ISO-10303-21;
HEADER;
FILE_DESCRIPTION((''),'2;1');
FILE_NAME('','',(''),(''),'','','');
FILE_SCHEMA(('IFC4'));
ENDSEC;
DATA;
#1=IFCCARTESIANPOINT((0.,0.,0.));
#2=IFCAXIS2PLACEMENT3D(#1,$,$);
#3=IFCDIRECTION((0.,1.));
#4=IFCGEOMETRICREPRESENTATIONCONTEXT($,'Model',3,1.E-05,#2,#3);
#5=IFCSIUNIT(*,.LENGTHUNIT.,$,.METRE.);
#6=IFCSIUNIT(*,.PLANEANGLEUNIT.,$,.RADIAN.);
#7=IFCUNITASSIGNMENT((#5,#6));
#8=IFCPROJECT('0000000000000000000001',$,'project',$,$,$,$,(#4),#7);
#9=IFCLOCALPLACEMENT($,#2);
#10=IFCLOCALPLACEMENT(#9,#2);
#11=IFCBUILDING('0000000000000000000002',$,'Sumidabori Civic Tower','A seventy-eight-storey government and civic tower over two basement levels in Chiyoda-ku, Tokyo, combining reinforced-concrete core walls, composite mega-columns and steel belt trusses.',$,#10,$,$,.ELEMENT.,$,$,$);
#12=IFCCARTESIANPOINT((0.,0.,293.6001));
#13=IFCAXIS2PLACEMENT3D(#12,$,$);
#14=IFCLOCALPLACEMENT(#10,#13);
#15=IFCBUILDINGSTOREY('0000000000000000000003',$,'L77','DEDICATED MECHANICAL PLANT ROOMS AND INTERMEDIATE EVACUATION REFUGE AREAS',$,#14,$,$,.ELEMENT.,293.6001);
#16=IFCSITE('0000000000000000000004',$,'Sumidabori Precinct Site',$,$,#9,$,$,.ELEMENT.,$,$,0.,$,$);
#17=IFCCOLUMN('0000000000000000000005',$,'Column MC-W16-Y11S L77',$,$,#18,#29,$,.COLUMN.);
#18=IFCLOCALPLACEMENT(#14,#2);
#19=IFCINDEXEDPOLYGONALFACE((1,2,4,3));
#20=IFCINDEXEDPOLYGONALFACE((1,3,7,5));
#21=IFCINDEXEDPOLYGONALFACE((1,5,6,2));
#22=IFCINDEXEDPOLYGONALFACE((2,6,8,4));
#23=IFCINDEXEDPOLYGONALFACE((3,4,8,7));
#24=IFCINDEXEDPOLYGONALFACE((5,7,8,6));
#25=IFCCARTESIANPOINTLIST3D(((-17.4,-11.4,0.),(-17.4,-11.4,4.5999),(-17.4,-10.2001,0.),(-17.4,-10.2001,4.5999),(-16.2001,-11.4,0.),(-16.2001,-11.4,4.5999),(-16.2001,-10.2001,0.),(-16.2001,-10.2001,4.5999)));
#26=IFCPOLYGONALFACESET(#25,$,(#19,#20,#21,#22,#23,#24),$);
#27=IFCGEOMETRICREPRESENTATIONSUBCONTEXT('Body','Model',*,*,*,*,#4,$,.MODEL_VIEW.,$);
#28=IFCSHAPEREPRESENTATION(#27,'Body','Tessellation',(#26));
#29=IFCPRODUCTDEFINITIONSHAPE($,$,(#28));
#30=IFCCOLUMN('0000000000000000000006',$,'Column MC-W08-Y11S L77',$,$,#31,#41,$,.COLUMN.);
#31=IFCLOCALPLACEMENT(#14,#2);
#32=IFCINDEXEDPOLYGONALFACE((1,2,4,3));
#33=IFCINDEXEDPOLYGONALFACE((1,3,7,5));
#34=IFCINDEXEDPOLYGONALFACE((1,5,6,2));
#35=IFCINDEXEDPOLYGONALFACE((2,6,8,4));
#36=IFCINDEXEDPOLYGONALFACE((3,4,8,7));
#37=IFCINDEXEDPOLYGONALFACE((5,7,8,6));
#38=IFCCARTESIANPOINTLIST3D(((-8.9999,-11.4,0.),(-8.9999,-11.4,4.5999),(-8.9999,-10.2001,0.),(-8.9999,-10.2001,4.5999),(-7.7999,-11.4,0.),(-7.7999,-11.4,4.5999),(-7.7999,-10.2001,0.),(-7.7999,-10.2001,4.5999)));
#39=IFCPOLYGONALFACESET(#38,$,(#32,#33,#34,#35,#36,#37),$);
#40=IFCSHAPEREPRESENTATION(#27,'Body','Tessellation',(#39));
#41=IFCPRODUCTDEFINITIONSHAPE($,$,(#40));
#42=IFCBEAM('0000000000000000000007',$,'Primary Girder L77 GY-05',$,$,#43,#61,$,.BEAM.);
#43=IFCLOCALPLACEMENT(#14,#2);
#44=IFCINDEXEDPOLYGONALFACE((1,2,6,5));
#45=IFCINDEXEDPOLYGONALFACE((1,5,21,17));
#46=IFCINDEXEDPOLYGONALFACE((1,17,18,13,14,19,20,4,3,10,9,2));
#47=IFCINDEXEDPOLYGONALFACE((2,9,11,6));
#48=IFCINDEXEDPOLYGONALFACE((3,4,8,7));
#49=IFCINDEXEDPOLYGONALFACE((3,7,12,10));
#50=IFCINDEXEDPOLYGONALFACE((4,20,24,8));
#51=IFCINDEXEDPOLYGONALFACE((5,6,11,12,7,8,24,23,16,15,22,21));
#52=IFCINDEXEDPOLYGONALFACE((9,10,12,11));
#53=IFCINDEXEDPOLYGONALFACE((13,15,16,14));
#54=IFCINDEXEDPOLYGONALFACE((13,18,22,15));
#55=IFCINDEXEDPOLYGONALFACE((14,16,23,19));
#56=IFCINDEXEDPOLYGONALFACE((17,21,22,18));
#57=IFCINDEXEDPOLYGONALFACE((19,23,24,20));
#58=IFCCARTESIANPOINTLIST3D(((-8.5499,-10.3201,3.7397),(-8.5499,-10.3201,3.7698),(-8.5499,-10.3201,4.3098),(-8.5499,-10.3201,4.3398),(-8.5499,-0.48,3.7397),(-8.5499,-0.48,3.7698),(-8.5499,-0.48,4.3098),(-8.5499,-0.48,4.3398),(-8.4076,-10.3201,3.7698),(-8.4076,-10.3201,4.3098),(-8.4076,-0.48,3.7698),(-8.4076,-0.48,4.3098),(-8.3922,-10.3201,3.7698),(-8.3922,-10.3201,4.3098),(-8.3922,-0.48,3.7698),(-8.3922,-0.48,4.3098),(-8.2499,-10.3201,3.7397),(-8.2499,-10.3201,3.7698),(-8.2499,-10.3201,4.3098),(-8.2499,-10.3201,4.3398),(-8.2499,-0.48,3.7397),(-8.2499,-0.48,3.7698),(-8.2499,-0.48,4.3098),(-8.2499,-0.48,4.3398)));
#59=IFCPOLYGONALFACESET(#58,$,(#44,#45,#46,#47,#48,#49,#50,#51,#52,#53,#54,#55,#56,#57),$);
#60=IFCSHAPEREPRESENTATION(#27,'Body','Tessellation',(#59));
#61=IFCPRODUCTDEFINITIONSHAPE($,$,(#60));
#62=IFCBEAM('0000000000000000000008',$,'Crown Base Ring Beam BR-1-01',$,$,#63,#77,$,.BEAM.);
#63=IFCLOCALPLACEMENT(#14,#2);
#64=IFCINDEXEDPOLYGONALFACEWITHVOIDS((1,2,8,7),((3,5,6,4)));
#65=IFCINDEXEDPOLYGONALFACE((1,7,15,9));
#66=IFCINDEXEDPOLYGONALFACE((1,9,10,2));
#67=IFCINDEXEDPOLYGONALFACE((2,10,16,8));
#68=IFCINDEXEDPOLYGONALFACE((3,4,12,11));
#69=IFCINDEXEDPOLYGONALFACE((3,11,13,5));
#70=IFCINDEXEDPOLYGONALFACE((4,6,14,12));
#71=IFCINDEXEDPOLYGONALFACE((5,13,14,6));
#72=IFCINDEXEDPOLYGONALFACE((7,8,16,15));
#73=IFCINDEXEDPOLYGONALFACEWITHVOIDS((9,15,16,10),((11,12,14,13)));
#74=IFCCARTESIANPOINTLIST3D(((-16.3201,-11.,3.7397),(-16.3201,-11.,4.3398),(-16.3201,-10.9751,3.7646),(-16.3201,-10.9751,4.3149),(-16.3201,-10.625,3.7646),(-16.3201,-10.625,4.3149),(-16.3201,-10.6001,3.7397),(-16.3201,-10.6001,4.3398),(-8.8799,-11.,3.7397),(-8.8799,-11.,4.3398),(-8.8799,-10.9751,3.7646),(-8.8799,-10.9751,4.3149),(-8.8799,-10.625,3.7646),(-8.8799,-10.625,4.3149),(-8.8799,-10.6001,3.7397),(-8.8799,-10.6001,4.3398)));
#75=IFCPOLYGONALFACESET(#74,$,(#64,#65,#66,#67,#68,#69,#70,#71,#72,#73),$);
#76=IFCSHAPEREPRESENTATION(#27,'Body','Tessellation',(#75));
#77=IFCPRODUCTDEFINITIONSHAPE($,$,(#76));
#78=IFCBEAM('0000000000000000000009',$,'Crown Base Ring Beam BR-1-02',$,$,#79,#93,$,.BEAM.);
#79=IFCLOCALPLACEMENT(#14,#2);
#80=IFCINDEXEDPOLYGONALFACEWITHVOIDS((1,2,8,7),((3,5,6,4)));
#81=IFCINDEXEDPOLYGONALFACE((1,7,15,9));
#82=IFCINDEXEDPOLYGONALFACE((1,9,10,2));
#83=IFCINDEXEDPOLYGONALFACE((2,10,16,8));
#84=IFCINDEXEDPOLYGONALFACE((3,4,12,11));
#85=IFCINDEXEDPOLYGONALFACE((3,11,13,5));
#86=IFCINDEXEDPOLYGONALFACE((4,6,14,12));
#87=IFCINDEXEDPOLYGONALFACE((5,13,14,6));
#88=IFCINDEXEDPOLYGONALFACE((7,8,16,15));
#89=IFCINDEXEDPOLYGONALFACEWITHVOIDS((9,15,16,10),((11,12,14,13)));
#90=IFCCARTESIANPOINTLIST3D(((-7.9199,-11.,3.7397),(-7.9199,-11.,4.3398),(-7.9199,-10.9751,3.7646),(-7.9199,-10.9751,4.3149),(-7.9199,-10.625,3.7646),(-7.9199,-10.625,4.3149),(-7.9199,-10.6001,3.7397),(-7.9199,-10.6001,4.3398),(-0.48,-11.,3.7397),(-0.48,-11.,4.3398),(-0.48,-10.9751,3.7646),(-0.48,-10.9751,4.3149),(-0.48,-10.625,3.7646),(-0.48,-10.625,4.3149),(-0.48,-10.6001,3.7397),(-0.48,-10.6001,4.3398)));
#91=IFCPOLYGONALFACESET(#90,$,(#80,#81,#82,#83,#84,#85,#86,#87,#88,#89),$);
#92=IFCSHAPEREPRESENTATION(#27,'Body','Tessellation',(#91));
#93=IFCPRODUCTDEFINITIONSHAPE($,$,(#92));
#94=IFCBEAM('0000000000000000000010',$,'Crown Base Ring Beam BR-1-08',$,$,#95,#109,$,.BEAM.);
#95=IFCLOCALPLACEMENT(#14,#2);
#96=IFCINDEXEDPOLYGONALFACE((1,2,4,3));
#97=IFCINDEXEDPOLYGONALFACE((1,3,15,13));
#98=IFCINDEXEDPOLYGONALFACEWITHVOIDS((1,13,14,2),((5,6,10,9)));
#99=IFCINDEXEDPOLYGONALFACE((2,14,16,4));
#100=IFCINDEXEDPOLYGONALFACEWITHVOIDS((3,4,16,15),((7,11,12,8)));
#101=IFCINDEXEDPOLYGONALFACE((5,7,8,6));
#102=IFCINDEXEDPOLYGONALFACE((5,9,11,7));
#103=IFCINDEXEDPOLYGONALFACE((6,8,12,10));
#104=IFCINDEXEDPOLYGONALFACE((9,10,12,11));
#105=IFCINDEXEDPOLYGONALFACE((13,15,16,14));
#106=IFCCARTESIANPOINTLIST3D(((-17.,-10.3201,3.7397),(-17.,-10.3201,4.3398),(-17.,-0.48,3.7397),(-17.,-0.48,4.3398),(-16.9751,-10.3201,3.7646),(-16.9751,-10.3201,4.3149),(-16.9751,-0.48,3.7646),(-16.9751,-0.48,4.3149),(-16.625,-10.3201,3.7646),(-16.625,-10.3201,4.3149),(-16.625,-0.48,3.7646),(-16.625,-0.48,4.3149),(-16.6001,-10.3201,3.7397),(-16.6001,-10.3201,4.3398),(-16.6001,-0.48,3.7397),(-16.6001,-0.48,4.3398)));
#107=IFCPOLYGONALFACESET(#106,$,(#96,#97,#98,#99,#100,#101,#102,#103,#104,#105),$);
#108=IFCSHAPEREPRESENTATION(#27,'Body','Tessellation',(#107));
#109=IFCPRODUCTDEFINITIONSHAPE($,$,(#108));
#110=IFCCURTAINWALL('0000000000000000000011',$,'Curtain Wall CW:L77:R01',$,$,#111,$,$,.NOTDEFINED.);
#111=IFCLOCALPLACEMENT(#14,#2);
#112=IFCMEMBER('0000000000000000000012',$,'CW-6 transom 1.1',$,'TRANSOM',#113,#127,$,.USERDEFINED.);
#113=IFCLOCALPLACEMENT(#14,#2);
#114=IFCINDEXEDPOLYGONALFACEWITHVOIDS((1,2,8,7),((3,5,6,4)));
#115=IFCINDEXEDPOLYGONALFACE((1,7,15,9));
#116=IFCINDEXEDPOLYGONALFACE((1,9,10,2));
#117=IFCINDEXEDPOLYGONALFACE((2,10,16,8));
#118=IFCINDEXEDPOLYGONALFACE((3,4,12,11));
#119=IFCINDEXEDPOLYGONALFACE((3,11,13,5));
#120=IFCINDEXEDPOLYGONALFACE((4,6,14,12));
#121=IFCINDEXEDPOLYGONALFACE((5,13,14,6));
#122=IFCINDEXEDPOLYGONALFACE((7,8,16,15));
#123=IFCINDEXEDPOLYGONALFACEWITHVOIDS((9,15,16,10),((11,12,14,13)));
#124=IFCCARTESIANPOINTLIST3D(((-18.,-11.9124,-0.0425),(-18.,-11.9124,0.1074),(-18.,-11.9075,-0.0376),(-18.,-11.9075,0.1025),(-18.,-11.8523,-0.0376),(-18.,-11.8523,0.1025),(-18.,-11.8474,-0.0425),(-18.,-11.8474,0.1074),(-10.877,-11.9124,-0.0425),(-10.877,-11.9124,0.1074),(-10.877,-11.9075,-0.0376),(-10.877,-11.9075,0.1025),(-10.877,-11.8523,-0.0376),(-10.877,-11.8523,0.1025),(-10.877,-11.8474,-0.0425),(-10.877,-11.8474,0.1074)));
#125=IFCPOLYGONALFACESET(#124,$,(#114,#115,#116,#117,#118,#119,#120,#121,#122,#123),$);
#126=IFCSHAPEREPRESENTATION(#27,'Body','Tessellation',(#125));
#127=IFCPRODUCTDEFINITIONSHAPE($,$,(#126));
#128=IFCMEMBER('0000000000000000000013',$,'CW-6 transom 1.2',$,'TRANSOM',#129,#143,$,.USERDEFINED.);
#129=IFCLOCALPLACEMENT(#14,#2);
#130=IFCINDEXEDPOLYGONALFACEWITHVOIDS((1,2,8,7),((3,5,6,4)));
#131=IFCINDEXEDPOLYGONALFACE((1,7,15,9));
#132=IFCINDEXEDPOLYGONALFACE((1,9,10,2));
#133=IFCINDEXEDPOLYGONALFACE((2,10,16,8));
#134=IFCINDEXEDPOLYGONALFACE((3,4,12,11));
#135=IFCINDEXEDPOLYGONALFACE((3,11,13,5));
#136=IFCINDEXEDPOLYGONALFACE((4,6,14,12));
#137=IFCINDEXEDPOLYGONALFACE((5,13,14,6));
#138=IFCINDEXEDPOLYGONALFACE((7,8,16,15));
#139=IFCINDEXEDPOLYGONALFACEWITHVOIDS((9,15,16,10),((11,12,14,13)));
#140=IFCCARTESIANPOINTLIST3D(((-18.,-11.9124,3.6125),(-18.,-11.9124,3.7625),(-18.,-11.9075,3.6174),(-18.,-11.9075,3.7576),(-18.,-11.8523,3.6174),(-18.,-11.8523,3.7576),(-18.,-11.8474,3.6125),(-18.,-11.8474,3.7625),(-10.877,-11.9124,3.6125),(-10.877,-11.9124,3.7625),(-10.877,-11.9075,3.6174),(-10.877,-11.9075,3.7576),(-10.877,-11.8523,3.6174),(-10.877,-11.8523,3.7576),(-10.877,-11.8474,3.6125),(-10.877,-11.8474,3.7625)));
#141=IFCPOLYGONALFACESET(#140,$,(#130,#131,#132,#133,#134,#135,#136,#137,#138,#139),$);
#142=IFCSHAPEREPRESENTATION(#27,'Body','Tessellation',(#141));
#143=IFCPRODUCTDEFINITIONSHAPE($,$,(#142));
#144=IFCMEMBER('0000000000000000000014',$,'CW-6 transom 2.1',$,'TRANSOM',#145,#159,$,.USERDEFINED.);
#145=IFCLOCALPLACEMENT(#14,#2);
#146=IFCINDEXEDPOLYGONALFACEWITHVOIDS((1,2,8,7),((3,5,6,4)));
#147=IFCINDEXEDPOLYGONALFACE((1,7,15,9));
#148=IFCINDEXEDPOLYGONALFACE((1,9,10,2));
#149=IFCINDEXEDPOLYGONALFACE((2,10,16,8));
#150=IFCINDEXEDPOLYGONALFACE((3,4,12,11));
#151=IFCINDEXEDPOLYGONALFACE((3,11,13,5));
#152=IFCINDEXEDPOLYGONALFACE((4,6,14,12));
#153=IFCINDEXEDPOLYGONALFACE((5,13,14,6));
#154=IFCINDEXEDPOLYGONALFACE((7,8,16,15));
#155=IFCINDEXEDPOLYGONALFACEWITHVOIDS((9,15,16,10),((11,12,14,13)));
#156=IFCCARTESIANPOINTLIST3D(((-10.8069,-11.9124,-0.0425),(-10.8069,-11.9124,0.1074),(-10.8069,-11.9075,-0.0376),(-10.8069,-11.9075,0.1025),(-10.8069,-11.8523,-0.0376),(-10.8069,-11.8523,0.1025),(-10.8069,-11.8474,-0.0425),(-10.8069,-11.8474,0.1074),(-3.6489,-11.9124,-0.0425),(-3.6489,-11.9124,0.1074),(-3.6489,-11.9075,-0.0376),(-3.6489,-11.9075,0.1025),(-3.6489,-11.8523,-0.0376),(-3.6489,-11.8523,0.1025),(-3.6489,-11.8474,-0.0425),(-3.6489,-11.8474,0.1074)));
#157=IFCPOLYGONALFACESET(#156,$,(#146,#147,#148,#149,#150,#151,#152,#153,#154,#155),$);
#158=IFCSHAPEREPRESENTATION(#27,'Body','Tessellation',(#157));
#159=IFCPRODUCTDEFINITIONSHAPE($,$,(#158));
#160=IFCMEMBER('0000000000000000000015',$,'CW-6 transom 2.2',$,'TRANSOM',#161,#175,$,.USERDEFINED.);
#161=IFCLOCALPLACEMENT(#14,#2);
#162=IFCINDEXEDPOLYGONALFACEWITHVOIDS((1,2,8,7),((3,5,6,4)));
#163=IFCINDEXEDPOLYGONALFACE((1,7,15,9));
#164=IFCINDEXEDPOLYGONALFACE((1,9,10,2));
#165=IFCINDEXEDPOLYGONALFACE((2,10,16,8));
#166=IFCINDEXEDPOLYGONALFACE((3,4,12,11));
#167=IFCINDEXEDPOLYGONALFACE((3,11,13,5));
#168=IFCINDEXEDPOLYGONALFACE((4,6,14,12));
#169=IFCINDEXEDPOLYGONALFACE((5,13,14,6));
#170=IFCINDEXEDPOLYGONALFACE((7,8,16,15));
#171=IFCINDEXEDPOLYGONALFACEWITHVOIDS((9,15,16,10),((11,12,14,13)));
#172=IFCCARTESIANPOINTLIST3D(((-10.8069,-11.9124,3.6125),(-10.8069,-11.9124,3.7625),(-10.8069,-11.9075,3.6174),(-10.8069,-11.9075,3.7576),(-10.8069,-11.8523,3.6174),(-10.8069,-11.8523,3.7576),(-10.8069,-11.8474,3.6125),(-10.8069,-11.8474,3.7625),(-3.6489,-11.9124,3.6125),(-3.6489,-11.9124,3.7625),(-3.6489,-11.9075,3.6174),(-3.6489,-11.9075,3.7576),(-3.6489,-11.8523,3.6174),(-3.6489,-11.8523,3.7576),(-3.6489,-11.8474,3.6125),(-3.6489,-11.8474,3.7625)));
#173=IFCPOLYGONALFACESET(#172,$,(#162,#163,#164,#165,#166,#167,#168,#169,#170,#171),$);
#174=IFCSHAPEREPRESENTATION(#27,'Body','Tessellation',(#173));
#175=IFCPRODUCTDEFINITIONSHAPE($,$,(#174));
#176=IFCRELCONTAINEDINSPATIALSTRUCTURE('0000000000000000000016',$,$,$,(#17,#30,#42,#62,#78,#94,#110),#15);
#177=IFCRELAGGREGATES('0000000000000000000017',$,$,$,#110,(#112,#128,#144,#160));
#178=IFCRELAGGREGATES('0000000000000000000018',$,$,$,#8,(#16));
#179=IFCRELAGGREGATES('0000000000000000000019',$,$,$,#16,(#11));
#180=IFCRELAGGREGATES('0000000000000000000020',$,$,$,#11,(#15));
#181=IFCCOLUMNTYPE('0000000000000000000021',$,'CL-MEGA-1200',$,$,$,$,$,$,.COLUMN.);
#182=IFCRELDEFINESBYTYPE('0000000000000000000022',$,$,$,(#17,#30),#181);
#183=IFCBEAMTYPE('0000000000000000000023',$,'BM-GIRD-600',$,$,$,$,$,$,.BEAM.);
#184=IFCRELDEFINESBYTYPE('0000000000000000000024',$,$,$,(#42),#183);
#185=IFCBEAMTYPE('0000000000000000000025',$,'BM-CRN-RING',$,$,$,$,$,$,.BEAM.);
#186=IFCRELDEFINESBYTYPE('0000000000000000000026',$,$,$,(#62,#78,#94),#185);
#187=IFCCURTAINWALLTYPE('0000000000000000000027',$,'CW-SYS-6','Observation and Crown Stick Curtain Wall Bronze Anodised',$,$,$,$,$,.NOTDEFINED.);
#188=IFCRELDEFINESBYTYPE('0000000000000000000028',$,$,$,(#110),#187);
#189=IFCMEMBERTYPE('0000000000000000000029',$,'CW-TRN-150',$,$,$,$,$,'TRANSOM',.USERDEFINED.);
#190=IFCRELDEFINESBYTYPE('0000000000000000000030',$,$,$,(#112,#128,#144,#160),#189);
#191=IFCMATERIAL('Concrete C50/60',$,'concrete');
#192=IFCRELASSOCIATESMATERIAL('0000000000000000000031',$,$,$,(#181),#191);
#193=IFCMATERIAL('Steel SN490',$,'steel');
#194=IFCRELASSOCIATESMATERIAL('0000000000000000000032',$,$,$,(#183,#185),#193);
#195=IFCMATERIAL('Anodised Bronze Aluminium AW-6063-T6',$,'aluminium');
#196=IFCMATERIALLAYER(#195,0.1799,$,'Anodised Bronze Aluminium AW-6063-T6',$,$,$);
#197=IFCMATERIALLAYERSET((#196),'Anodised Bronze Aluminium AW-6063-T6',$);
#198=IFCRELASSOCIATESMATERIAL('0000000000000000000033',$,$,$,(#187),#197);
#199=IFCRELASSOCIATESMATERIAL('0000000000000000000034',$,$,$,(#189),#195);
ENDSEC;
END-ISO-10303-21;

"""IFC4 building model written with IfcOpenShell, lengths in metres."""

from ifc_helpers import new_model, si_unit, direction, frame, origin, origin_2d, place, context, subcontext, project, spatial, rectangle, hollow_rectangle, i_section, extrude, source, transform, mapped, material, layer, layer_set, material_profile, profile_set, type_object, element, aggregate, save


model = new_model("IFC4")

# Units and contexts
model_context = context("Model", 3, precision=1e-05, world=origin(), true_north=direction((0.0, 1.0)))
body_context = subcontext(model_context, "Body", "Model", "MODEL_VIEW")
ifc_project = project(units=[si_unit("LENGTHUNIT", "METRE"), si_unit("PLANEANGLEUNIT", "RADIAN")], contexts=[model_context])

# Site, building, storey
site_placement = place(None, origin())
site = spatial("IfcSite", under=ifc_project, at=site_placement, Name="Sumidabori Precinct Site", CompositionType="ELEMENT", RefElevation=0.0)
building_placement = place(site_placement, origin())
building = spatial("IfcBuilding", under=site, at=building_placement, Name="Sumidabori Civic Tower", Description="A seventy-eight-storey government and civic tower over two basement levels in Chiyoda-ku, Tokyo, combining reinforced-concrete core walls, composite mega-columns and steel belt trusses.", CompositionType="ELEMENT")
storey_placement = place(building_placement, frame((0.0, 0.0, 293.6001)))
storey = spatial("IfcBuildingStorey", under=building, at=storey_placement, Name="L77", Description="DEDICATED MECHANICAL PLANT ROOMS AND INTERMEDIATE EVACUATION REFUGE AREAS", CompositionType="ELEMENT", Elevation=293.6001)

# Columns
ifc_material_1 = material(Name="Concrete C50/60", Category="concrete")
ifc_material_profile_1 = material_profile(ifc_material_1, rectangle(XDim=1.2, YDim=1.2, at=origin_2d()), Name="RC 1200x1200")
ifc_profile_set_1 = profile_set([ifc_material_profile_1], Name="Concrete C50/60")
column_type = type_object("IfcColumnType", Name="CL-MEGA-1200", PredefinedType="COLUMN", material=ifc_profile_set_1)
shared_shape_1 = source(origin(), body_context, "Body", "SweptSolid", [
    extrude(rectangle(XDim=1.2, YDim=1.2, at=origin_2d()), origin(), (0.0, 0.0, 1.0), 4.5999),
])
for number, where, z_axis, x_axis, name in (
    (1, (-16.8, -10.8, 0.0), (0.0, 0.0, 1.0), (1.0, 0.0, 0.0), "Column MC-W16-Y11S L77"),
    (2, (-8.3999, -10.8, 0.0), (0.0, 0.0, 1.0), (1.0, 0.0, 0.0), "Column MC-W08-Y11S L77"),
):
    element("IfcColumn", number, at=place(storey_placement, frame(where, z_axis=z_axis, x_axis=x_axis)), inside=storey, type_object=column_type, Name=name, PredefinedType="COLUMN", context=body_context, shape_type="MappedRepresentation", body=[
        mapped(shared_shape_1, transform((0.0, 0.0, 0.0), x_axis=(1.0, 0.0, 0.0), y_axis=(0.0, 1.0, 0.0), z_axis=(0.0, 0.0, 1.0), scale=1.0)),
    ])

# Beams
ifc_material_2 = material(Name="Steel SN490", Category="steel")
ifc_material_profile_2 = material_profile(ifc_material_2, i_section(OverallWidth=0.3, OverallDepth=0.6001, WebThickness=0.0154, FlangeThickness=0.03, at=origin_2d()), Name="HE 600 B")
ifc_profile_set_2 = profile_set([ifc_material_profile_2], Name="Steel SN490")
beam_type_1 = type_object("IfcBeamType", Name="BM-GIRD-600", PredefinedType="BEAM", material=ifc_profile_set_2)
shared_shape_2 = source(origin(), body_context, "Body", "SweptSolid", [
    extrude(i_section(OverallWidth=0.3, OverallDepth=0.6001, WebThickness=0.0154, FlangeThickness=0.03, at=origin_2d()), origin(), (0.0, 0.0, 1.0), 9.8401),
])
beam_1_placement = place(storey_placement, frame((-8.3999, -10.3201, 4.0398), z_axis=(0.0, 1.0, 0.0), x_axis=(-1.0, 0.0, 0.0)))
element("IfcBeam", 3, at=beam_1_placement, inside=storey, type_object=beam_type_1, Name="Primary Girder L77 GY-05", PredefinedType="BEAM", context=body_context, shape_type="MappedRepresentation", body=[
    mapped(shared_shape_2, transform((0.0, 0.0, 0.0), x_axis=(1.0, 0.0, 0.0), y_axis=(0.0, 1.0, 0.0), z_axis=(0.0, 0.0, 1.0), scale=1.0)),
])
ifc_material_profile_3 = material_profile(ifc_material_2, hollow_rectangle(XDim=0.3999, YDim=0.6001, WallThickness=0.0249, at=origin_2d()), Name="RHS 600x400x25")
ifc_profile_set_3 = profile_set([ifc_material_profile_3], Name="Steel SN490")
beam_type_2 = type_object("IfcBeamType", Name="BM-CRN-RING", PredefinedType="BEAM", material=ifc_profile_set_3)
shared_shape_3 = source(origin(), body_context, "Body", "SweptSolid", [
    extrude(hollow_rectangle(XDim=0.3999, YDim=0.6001, WallThickness=0.0249, at=origin_2d()), origin(), (0.0, 0.0, 1.0), 7.4402),
])
beam_2_placement = place(storey_placement, frame((-16.3201, -10.8, 4.0398), z_axis=(1.0, 0.0, 0.0), x_axis=(0.0, 1.0, 0.0)))
element("IfcBeam", 4, at=beam_2_placement, inside=storey, type_object=beam_type_2, Name="Crown Base Ring Beam BR-1-01", PredefinedType="BEAM", context=body_context, shape_type="MappedRepresentation", body=[
    mapped(shared_shape_3, transform((0.0, 0.0, 0.0), x_axis=(1.0, 0.0, 0.0), y_axis=(0.0, 1.0, 0.0), z_axis=(0.0, 0.0, 1.0), scale=1.0)),
])
shared_shape_4 = source(origin(), body_context, "Body", "SweptSolid", [
    extrude(hollow_rectangle(XDim=0.3999, YDim=0.6001, WallThickness=0.0249, at=origin_2d()), origin(), (0.0, 0.0, 1.0), 7.4399),
])
beam_3_placement = place(storey_placement, frame((-7.9199, -10.8, 4.0398), z_axis=(1.0, 0.0, 0.0), x_axis=(0.0, 1.0, 0.0)))
element("IfcBeam", 5, at=beam_3_placement, inside=storey, type_object=beam_type_2, Name="Crown Base Ring Beam BR-1-02", PredefinedType="BEAM", context=body_context, shape_type="MappedRepresentation", body=[
    mapped(shared_shape_4, transform((0.0, 0.0, 0.0), x_axis=(1.0, 0.0, 0.0), y_axis=(0.0, 1.0, 0.0), z_axis=(0.0, 0.0, 1.0), scale=1.0)),
])
shared_shape_5 = source(origin(), body_context, "Body", "SweptSolid", [
    extrude(hollow_rectangle(XDim=0.3999, YDim=0.6001, WallThickness=0.0249, at=origin_2d()), origin(), (0.0, 0.0, 1.0), 9.8401),
])
beam_4_placement = place(storey_placement, frame((-16.8, -10.3201, 4.0398), z_axis=(0.0, 1.0, 0.0), x_axis=(-1.0, 0.0, 0.0)))
element("IfcBeam", 6, at=beam_4_placement, inside=storey, type_object=beam_type_2, Name="Crown Base Ring Beam BR-1-08", PredefinedType="BEAM", context=body_context, shape_type="MappedRepresentation", body=[
    mapped(shared_shape_5, transform((0.0, 0.0, 0.0), x_axis=(1.0, 0.0, 0.0), y_axis=(0.0, 1.0, 0.0), z_axis=(0.0, 0.0, 1.0), scale=1.0)),
])

# Curtain wall, members
ifc_material_3 = material(Name="Anodised Bronze Aluminium AW-6063-T6", Category="aluminium")
ifc_layer_1 = layer(ifc_material_3, 0.1799, Name="Anodised Bronze Aluminium AW-6063-T6")
ifc_layer_set_1 = layer_set([ifc_layer_1], Name="Anodised Bronze Aluminium AW-6063-T6")
curtain_wall_type = type_object("IfcCurtainWallType", Name="CW-SYS-6", Description="Observation and Crown Stick Curtain Wall Bronze Anodised", PredefinedType="NOTDEFINED", material=ifc_layer_set_1)
curtain_wall_placement = place(storey_placement, origin())
curtain_wall = element("IfcCurtainWall", 7, at=curtain_wall_placement, inside=storey, type_object=curtain_wall_type, Name="Curtain Wall CW:L77:R01", PredefinedType="NOTDEFINED")
ifc_material_profile_4 = material_profile(ifc_material_3, hollow_rectangle(XDim=0.0649, YDim=0.1499, WallThickness=0.0049, at=origin_2d()), Name="ALU TRANSOM 150x65")
ifc_profile_set_4 = profile_set([ifc_material_profile_4], Name="Anodised Bronze Aluminium AW-6063-T6")
member_type_1 = type_object("IfcMemberType", Name="CW-TRN-150", ElementType="TRANSOM", PredefinedType="USERDEFINED", material=ifc_profile_set_4)
shared_shape_6 = source(origin(), body_context, "Body", "SweptSolid", [
    extrude(hollow_rectangle(XDim=0.0649, YDim=0.1499, WallThickness=0.0049, at=origin_2d()), origin(), (0.0, 0.0, 1.0), 7.123),
])
member_1_placement = place(storey_placement, frame((-18.0, -11.8799, 0.0325), z_axis=(1.0, 0.0, 0.0), x_axis=(0.0, 1.0, 0.0)))
member_1 = element("IfcMember", 8, at=member_1_placement, type_object=member_type_1, Name="CW-6 transom 1.1", ObjectType="TRANSOM", PredefinedType="USERDEFINED", context=body_context, shape_type="MappedRepresentation", body=[
    mapped(shared_shape_6, transform((0.0, 0.0, 0.0), x_axis=(1.0, 0.0, 0.0), y_axis=(0.0, 1.0, 0.0), z_axis=(0.0, 0.0, 1.0), scale=1.0)),
])
member_2_placement = place(storey_placement, frame((-18.0, -11.8799, 3.6875), z_axis=(1.0, 0.0, 0.0), x_axis=(0.0, 1.0, 0.0)))
member_2 = element("IfcMember", 9, at=member_2_placement, type_object=member_type_1, Name="CW-6 transom 1.2", ObjectType="TRANSOM", PredefinedType="USERDEFINED", context=body_context, shape_type="MappedRepresentation", body=[
    mapped(shared_shape_6, transform((0.0, 0.0, 0.0), x_axis=(1.0, 0.0, 0.0), y_axis=(0.0, 1.0, 0.0), z_axis=(0.0, 0.0, 1.0), scale=1.0)),
])
shared_shape_7 = source(origin(), body_context, "Body", "SweptSolid", [
    extrude(hollow_rectangle(XDim=0.0649, YDim=0.1499, WallThickness=0.0049, at=origin_2d()), origin(), (0.0, 0.0, 1.0), 7.158),
])
member_3_placement = place(storey_placement, frame((-10.8069, -11.8799, 0.0325), z_axis=(1.0, 0.0, 0.0), x_axis=(0.0, 1.0, 0.0)))
member_3 = element("IfcMember", 10, at=member_3_placement, type_object=member_type_1, Name="CW-6 transom 2.1", ObjectType="TRANSOM", PredefinedType="USERDEFINED", context=body_context, shape_type="MappedRepresentation", body=[
    mapped(shared_shape_7, transform((0.0, 0.0, 0.0), x_axis=(1.0, 0.0, 0.0), y_axis=(0.0, 1.0, 0.0), z_axis=(0.0, 0.0, 1.0), scale=1.0)),
])
member_4_placement = place(storey_placement, frame((-10.8069, -11.8799, 3.6875), z_axis=(1.0, 0.0, 0.0), x_axis=(0.0, 1.0, 0.0)))
member_4 = element("IfcMember", 11, at=member_4_placement, type_object=member_type_1, Name="CW-6 transom 2.2", ObjectType="TRANSOM", PredefinedType="USERDEFINED", context=body_context, shape_type="MappedRepresentation", body=[
    mapped(shared_shape_7, transform((0.0, 0.0, 0.0), x_axis=(1.0, 0.0, 0.0), y_axis=(0.0, 1.0, 0.0), z_axis=(0.0, 0.0, 1.0), scale=1.0)),
])
aggregate(curtain_wall, [member_1, member_2, member_3, member_4])

save(model, "model.ifc")
